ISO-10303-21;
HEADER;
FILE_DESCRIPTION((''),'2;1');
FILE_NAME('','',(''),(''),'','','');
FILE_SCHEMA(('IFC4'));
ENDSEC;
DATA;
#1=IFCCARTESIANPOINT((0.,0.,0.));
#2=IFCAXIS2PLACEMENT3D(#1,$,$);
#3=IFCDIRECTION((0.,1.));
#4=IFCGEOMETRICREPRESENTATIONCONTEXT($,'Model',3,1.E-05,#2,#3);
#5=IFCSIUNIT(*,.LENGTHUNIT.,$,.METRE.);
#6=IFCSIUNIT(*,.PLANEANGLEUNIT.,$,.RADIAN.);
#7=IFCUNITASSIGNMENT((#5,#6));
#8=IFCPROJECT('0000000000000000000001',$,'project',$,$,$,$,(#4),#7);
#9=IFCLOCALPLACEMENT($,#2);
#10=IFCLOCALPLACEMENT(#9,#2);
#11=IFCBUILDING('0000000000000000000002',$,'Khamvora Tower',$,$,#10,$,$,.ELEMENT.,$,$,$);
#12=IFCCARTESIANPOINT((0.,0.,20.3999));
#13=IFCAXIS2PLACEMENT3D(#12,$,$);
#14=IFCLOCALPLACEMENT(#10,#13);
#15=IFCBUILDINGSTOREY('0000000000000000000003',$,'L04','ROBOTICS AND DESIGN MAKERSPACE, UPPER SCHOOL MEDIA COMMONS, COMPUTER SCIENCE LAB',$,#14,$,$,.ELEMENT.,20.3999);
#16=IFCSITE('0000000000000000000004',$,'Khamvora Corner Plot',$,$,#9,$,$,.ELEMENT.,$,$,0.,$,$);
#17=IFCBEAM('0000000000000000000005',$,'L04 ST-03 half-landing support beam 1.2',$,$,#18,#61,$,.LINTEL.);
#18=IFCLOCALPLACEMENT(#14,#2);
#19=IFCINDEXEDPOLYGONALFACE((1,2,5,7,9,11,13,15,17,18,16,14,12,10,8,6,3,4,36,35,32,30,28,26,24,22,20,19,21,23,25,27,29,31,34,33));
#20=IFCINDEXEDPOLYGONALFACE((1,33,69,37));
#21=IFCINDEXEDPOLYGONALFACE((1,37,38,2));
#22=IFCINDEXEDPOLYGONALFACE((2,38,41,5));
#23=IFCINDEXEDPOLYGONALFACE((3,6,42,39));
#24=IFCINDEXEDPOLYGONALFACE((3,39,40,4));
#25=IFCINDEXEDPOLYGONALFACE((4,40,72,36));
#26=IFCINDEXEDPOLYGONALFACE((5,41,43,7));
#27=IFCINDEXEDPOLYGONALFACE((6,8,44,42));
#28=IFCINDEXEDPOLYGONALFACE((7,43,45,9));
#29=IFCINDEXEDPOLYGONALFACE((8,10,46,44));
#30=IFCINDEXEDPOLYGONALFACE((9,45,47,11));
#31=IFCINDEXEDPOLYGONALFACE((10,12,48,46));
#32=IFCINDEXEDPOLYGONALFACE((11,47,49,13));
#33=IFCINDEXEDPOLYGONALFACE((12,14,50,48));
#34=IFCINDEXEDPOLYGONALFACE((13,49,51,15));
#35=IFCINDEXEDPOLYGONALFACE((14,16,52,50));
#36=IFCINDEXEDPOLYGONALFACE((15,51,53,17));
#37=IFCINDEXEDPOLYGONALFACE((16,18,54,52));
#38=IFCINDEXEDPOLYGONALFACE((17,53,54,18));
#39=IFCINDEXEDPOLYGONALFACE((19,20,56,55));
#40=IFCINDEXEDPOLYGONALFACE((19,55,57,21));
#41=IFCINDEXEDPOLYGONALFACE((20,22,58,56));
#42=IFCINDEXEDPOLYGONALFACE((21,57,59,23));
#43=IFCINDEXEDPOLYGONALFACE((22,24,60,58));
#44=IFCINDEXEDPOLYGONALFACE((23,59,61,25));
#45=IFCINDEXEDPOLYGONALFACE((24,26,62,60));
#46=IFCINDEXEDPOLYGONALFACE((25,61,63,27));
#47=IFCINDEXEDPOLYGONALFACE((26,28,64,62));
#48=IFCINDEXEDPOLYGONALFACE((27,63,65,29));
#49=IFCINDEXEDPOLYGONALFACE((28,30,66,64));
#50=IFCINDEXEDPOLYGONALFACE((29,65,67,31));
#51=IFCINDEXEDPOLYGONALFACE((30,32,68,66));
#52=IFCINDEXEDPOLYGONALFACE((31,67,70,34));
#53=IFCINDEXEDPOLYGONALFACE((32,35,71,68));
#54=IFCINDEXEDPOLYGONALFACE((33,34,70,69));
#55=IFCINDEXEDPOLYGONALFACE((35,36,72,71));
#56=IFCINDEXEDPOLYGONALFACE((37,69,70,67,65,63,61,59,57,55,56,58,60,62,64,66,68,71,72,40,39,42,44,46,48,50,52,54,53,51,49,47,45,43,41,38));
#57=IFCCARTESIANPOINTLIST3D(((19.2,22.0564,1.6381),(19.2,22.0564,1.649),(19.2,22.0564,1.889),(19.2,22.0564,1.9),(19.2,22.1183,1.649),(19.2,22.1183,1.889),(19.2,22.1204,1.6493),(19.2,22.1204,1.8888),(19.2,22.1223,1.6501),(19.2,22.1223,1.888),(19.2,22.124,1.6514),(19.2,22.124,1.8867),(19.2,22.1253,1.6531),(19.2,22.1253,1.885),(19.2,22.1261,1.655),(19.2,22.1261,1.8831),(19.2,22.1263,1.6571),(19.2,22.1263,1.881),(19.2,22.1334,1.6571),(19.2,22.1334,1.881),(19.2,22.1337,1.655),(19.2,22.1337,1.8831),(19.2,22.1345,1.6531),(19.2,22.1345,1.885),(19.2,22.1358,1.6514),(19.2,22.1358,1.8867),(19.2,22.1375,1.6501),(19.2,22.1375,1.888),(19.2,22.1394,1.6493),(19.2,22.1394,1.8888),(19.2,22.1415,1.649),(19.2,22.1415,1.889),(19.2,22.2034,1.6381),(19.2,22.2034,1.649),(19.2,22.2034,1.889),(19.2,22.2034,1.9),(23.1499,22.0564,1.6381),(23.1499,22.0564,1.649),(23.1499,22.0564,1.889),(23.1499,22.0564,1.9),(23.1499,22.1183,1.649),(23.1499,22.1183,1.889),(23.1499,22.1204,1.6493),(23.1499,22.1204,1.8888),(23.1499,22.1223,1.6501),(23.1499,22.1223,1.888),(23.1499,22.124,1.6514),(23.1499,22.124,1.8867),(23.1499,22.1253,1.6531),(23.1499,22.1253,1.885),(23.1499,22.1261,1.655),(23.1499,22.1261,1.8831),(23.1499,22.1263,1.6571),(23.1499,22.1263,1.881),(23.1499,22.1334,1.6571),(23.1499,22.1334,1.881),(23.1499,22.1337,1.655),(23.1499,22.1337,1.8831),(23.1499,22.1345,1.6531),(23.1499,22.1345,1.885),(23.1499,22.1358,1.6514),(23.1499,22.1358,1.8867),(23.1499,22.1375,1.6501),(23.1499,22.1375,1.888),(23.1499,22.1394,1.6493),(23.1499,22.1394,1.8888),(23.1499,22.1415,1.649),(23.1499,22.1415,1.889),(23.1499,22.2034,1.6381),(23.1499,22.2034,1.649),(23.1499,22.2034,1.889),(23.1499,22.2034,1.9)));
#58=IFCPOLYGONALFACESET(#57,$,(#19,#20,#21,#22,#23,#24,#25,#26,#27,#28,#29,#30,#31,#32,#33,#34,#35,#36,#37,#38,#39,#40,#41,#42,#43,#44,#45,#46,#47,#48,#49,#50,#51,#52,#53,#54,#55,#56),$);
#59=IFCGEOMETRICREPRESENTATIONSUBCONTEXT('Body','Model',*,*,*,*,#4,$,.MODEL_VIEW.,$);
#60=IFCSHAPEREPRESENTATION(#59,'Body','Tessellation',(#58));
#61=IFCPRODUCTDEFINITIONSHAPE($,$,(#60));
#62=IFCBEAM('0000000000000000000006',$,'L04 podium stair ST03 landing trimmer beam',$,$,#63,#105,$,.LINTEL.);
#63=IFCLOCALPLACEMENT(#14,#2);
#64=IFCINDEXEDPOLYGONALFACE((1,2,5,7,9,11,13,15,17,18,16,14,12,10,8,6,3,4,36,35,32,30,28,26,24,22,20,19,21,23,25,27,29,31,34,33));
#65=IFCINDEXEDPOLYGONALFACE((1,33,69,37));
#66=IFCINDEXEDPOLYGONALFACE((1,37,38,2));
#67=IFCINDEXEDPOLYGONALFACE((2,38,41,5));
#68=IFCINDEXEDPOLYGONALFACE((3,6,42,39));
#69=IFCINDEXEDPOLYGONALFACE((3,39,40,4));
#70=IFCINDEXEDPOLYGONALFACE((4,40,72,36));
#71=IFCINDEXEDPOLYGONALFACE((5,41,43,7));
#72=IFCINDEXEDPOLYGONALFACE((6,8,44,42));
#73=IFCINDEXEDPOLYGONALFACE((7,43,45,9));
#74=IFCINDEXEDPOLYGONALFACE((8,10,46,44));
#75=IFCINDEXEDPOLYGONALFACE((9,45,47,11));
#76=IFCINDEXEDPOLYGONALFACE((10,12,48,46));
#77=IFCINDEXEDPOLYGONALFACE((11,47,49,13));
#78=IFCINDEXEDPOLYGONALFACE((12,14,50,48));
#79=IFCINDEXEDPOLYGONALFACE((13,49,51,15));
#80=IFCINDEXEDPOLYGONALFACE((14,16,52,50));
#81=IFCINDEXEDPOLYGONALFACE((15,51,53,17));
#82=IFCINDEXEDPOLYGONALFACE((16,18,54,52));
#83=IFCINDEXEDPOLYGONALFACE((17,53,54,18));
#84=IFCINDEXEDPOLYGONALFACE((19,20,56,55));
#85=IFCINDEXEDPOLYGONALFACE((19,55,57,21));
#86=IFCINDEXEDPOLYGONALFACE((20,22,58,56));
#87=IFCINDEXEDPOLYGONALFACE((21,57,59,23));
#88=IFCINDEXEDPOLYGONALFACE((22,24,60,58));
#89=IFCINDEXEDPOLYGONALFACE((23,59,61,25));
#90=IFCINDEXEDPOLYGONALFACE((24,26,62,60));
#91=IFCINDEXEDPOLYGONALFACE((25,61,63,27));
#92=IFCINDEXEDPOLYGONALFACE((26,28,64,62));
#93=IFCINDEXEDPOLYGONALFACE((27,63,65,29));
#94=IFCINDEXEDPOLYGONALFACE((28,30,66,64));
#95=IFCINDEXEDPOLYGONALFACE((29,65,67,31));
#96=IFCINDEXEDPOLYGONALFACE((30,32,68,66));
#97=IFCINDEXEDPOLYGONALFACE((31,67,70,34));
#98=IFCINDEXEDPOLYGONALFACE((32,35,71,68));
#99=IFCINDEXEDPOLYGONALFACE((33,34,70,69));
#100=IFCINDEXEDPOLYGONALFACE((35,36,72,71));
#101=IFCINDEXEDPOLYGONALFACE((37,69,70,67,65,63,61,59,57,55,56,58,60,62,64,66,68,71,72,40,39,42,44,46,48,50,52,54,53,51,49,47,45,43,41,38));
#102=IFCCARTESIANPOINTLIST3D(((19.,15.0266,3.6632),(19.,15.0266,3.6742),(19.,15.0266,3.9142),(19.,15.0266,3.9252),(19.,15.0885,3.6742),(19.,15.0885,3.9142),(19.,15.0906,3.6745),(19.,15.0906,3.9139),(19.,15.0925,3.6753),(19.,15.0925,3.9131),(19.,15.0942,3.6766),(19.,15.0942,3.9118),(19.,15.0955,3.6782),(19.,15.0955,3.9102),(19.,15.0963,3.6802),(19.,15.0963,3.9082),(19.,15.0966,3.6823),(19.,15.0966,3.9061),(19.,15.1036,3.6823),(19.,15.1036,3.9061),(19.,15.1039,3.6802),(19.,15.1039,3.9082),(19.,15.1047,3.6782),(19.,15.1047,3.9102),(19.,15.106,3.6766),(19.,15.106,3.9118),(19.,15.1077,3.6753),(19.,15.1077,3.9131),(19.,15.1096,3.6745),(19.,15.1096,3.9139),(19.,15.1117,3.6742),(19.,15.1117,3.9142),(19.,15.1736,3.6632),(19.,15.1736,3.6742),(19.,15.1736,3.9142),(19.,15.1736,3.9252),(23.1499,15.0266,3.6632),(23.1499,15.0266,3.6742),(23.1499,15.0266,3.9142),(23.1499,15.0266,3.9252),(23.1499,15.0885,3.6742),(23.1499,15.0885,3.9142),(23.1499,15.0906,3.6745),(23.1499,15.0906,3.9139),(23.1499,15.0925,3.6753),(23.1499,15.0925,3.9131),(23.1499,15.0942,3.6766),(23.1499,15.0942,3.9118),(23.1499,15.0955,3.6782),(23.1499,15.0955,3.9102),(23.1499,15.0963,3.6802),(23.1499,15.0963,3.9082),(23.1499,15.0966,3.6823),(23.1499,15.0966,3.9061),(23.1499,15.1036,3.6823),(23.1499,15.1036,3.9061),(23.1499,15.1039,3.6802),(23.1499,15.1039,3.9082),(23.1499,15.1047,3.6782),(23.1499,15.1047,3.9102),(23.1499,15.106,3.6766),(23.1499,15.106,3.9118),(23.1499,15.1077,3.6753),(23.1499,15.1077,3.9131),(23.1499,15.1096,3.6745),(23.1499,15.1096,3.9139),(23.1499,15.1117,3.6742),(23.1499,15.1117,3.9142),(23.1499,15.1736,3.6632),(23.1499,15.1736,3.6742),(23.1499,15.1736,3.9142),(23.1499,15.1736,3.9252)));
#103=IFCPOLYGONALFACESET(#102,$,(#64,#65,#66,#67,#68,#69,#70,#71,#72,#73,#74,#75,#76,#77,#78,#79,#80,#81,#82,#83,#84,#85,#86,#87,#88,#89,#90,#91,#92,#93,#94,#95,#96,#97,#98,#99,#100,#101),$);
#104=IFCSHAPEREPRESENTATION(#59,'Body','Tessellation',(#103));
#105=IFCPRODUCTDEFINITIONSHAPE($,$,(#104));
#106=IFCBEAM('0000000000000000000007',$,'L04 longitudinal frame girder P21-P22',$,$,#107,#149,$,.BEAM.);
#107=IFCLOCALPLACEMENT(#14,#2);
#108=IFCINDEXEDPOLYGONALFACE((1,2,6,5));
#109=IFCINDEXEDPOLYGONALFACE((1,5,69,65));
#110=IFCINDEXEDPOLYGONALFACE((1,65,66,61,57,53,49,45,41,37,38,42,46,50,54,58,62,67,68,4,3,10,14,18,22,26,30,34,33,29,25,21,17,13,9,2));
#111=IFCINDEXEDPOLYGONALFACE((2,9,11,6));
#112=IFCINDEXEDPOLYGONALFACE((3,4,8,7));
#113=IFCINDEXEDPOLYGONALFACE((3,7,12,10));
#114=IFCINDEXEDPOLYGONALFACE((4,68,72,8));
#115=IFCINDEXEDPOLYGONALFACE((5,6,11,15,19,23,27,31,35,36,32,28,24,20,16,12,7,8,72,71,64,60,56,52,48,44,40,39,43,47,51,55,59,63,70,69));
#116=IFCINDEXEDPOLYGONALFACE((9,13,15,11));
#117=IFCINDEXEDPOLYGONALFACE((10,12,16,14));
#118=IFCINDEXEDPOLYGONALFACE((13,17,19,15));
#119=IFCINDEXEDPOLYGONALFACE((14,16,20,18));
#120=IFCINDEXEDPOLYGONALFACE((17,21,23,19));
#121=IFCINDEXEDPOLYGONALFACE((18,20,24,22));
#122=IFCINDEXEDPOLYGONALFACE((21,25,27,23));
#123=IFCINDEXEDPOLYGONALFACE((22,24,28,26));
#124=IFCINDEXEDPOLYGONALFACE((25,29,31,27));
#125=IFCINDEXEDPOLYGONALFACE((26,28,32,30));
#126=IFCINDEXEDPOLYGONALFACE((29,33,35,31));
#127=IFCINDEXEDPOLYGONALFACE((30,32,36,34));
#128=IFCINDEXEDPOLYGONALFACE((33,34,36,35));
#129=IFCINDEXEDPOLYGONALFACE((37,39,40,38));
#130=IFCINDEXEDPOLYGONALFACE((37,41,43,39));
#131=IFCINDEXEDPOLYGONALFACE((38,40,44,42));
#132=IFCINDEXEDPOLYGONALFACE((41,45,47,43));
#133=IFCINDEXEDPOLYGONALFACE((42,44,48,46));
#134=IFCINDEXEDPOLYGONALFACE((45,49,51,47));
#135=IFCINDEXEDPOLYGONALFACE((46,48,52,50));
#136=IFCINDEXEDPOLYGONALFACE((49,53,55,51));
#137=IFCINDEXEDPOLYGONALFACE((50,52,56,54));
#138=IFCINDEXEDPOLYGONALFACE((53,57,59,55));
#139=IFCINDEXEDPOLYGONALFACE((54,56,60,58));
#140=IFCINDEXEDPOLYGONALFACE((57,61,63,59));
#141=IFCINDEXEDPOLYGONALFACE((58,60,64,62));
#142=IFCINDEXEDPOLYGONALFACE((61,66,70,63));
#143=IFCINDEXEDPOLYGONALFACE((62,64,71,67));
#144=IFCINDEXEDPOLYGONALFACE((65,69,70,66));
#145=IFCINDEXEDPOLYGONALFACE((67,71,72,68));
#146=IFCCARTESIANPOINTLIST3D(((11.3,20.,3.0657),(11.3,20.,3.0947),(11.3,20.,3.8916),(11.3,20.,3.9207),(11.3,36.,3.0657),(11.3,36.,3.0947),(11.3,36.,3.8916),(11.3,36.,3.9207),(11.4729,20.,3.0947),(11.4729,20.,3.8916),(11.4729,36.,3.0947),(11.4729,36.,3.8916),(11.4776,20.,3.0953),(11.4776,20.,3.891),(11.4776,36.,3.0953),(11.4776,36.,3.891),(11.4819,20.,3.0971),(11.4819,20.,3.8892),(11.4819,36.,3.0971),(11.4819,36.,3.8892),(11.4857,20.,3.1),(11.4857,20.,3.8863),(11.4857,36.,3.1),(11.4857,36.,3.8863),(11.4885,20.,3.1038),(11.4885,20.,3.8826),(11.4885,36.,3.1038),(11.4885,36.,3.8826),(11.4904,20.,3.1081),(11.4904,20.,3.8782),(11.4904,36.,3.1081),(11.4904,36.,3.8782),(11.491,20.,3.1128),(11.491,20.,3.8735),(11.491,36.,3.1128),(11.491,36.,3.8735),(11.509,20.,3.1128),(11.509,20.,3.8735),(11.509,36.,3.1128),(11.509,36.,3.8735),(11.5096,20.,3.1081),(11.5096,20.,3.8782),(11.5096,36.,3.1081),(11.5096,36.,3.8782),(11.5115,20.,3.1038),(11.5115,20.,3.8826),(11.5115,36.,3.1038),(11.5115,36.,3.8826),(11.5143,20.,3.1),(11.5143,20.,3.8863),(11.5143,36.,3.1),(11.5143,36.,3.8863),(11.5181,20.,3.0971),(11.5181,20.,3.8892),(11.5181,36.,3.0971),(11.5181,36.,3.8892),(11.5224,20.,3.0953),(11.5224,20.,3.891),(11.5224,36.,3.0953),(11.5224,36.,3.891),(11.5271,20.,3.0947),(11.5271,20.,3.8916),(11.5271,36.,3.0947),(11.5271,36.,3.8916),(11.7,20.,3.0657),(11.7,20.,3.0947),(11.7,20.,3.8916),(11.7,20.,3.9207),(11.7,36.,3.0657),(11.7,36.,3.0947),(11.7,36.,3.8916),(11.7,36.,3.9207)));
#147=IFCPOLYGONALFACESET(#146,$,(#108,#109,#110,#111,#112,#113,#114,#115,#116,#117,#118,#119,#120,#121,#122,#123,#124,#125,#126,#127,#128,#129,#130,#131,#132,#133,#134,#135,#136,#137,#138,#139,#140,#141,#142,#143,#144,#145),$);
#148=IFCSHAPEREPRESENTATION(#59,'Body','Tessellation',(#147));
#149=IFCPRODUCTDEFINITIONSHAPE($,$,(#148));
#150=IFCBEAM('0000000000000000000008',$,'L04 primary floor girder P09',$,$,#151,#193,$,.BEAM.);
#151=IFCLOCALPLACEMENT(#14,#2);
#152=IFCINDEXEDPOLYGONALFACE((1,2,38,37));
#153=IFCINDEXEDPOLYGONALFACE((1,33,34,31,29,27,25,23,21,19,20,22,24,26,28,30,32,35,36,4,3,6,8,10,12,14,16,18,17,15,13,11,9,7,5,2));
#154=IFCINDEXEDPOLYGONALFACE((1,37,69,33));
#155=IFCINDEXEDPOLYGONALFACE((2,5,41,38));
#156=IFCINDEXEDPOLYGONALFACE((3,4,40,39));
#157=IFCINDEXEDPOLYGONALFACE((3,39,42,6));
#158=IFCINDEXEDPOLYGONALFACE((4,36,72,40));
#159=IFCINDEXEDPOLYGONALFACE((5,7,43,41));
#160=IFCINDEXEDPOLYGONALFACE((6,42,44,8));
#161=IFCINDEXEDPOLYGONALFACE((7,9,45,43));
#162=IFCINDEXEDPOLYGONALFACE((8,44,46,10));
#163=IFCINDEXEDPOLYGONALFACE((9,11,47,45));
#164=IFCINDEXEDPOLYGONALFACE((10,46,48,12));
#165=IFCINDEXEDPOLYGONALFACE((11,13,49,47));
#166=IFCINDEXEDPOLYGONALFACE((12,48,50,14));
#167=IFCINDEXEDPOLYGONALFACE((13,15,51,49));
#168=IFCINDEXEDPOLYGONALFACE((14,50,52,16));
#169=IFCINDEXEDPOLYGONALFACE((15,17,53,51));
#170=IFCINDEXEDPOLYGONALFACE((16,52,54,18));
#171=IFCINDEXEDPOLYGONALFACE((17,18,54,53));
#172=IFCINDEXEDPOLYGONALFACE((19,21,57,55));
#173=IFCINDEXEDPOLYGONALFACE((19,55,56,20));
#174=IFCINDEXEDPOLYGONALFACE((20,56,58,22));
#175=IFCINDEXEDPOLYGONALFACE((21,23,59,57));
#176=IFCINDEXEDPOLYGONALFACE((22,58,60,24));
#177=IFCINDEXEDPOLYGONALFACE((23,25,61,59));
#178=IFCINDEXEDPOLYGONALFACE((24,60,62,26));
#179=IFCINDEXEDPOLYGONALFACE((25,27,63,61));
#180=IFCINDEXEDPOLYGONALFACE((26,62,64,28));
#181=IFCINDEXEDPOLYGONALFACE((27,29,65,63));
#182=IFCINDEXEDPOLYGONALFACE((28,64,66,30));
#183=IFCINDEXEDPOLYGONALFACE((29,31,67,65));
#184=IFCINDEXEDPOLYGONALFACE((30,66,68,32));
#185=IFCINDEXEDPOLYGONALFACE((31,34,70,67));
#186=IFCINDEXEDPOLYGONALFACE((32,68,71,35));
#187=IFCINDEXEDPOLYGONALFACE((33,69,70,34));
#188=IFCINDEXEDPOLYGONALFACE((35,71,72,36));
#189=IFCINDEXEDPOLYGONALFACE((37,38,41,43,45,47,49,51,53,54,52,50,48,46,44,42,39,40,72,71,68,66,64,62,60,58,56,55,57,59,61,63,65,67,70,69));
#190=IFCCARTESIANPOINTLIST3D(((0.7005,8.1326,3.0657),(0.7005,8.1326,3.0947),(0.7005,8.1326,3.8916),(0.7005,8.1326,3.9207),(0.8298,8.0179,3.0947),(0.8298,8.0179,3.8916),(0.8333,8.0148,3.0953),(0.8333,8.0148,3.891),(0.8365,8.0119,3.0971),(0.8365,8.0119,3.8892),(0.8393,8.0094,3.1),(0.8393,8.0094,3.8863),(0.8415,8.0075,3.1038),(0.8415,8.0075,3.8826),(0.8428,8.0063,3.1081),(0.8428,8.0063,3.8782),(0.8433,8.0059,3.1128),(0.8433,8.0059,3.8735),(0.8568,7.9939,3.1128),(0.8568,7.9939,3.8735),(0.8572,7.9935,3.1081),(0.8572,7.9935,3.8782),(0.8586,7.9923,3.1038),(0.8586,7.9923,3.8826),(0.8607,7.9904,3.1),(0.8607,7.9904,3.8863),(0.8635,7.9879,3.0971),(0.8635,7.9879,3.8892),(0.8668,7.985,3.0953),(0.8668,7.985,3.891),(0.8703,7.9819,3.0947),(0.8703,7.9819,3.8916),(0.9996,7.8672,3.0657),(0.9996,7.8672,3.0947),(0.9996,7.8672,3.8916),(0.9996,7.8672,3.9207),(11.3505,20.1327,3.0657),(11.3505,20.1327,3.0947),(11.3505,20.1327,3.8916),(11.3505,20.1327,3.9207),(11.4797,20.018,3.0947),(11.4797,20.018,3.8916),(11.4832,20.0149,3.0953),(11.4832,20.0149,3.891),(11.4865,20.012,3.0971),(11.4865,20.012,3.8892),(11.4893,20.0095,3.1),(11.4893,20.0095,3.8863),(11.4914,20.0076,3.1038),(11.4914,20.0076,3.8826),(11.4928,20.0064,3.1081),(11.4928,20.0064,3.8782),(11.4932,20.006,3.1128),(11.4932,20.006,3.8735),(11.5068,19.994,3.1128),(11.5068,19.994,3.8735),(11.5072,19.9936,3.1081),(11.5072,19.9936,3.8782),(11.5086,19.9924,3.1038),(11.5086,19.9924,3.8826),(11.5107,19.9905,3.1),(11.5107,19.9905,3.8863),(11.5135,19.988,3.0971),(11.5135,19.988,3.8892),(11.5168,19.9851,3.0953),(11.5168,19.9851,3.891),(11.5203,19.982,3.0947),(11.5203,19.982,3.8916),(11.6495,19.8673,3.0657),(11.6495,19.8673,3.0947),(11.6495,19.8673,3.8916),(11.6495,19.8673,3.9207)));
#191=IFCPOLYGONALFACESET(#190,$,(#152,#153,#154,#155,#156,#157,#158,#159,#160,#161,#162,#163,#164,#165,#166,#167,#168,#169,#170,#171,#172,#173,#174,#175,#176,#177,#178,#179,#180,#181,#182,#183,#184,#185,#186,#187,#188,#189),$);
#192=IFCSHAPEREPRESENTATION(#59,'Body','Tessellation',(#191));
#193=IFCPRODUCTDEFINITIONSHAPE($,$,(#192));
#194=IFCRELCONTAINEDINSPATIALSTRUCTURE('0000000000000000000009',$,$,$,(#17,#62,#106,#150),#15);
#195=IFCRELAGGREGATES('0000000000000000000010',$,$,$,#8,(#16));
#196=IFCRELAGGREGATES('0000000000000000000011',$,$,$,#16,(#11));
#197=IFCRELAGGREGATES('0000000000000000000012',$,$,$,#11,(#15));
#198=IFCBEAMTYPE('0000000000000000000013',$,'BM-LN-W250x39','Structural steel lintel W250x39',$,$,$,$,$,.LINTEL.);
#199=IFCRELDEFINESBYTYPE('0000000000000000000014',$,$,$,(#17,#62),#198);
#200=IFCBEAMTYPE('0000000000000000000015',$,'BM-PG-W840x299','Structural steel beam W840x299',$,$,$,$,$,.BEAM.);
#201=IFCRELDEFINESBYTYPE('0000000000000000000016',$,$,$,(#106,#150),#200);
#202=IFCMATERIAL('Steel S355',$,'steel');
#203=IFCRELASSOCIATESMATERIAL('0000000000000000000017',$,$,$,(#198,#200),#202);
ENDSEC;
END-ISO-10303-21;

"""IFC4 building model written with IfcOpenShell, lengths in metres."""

from ifc_helpers import new_model, si_unit, direction, frame, origin, origin_2d, place, context, subcontext, project, spatial, i_section, extrude, material, material_profile, profile_set, type_object, element, save


model = new_model("IFC4")

# Units and contexts
model_context = context("Model", 3, precision=1e-05, world=origin(), true_north=direction((0.0, 1.0)))
body_context = subcontext(model_context, "Body", "Model", "MODEL_VIEW")
ifc_project = project(units=[si_unit("LENGTHUNIT", "METRE"), si_unit("PLANEANGLEUNIT", "RADIAN")], contexts=[model_context])

# Site, building, storey
site_placement = place(None, origin())
site = spatial("IfcSite", under=ifc_project, at=site_placement, Name="Khamvora Corner Plot", CompositionType="ELEMENT", RefElevation=0.0)
building_placement = place(site_placement, origin())
building = spatial("IfcBuilding", under=site, at=building_placement, Name="Khamvora Tower", CompositionType="ELEMENT")
storey_placement = place(building_placement, frame((0.0, 0.0, 20.3999)))
storey = spatial("IfcBuildingStorey", under=building, at=storey_placement, Name="L04", Description="ROBOTICS AND DESIGN MAKERSPACE, UPPER SCHOOL MEDIA COMMONS, COMPUTER SCIENCE LAB", CompositionType="ELEMENT", Elevation=20.3999)

# Beams
ifc_material_1 = material(Name="Steel S355", Category="steel")
ifc_material_profile_1 = material_profile(ifc_material_1, i_section(OverallWidth=0.147, OverallDepth=0.262, WebThickness=0.0071, FlangeThickness=0.011, FilletRadius=0.0081, at=origin_2d()), Name="W250x39")
ifc_profile_set_1 = profile_set([ifc_material_profile_1], Name="Steel S355")
beam_type_1 = type_object("IfcBeamType", Name="BM-LN-W250x39", Description="Structural steel lintel W250x39", PredefinedType="LINTEL", material=ifc_profile_set_1)
for number, where, z_axis, x_axis, name in (
    (1, (19.2, 22.1299, 1.769), (1.0, 0.0, 0.0), (0.0, 1.0, 0.0), "L04 ST-03 half-landing support beam 1.2"),
):
    element("IfcBeam", number, at=place(storey_placement, frame(where, z_axis=z_axis, x_axis=x_axis)), inside=storey, type_object=beam_type_1, Name=name, PredefinedType="LINTEL", context=body_context, shape_type="SweptSolid", body=[
        extrude(i_section(OverallWidth=0.147, OverallDepth=0.262, WebThickness=0.0071, FlangeThickness=0.011, FilletRadius=0.0081, at=origin_2d()), origin(), (0.0, 0.0, 1.0), 3.95),
    ])
beam_1_placement = place(storey_placement, frame((19.0, 15.1001, 3.7942), z_axis=(1.0, 0.0, 0.0), x_axis=(0.0, 1.0, 0.0)))
element("IfcBeam", 2, at=beam_1_placement, inside=storey, type_object=beam_type_1, Name="L04 podium stair ST03 landing trimmer beam", PredefinedType="LINTEL", context=body_context, shape_type="SweptSolid", body=[
    extrude(i_section(OverallWidth=0.147, OverallDepth=0.262, WebThickness=0.0071, FlangeThickness=0.011, FilletRadius=0.0081, at=origin_2d()), origin(), (0.0, 0.0, 1.0), 4.1499),
])
ifc_material_profile_2 = material_profile(ifc_material_1, i_section(OverallWidth=0.3999, OverallDepth=0.855, WebThickness=0.0181, FlangeThickness=0.0291, FilletRadius=0.0181, at=origin_2d()), Name="W840x299")
ifc_profile_set_2 = profile_set([ifc_material_profile_2], Name="Steel S355")
beam_type_2 = type_object("IfcBeamType", Name="BM-PG-W840x299", Description="Structural steel beam W840x299", PredefinedType="BEAM", material=ifc_profile_set_2)
beam_2_placement = place(storey_placement, frame((11.5, 20.0, 3.4932), z_axis=(0.0, 1.0, 0.0), x_axis=(-1.0, 0.0, 0.0)))
element("IfcBeam", 3, at=beam_2_placement, inside=storey, type_object=beam_type_2, Name="L04 longitudinal frame girder P21-P22", PredefinedType="BEAM", context=body_context, shape_type="SweptSolid", body=[
    extrude(i_section(OverallWidth=0.3999, OverallDepth=0.855, WebThickness=0.0181, FlangeThickness=0.0291, FilletRadius=0.0181, at=origin_2d()), origin(), (0.0, 0.0, 1.0), 16.0),
])
beam_3_placement = place(storey_placement, frame((11.5, 20.0, 3.4932), z_axis=(-0.66378, -0.747928, 0.0), x_axis=(0.747928, -0.66378, 0.0)))
element("IfcBeam", 4, at=beam_3_placement, inside=storey, type_object=beam_type_2, Name="L04 primary floor girder P09", PredefinedType="BEAM", context=body_context, shape_type="SweptSolid", body=[
    extrude(i_section(OverallWidth=0.3999, OverallDepth=0.855, WebThickness=0.0181, FlangeThickness=0.0291, FilletRadius=0.0181, at=origin_2d()), origin(), (0.0, 0.0, 1.0), 16.0444),
])

save(model, "model.ifc")
